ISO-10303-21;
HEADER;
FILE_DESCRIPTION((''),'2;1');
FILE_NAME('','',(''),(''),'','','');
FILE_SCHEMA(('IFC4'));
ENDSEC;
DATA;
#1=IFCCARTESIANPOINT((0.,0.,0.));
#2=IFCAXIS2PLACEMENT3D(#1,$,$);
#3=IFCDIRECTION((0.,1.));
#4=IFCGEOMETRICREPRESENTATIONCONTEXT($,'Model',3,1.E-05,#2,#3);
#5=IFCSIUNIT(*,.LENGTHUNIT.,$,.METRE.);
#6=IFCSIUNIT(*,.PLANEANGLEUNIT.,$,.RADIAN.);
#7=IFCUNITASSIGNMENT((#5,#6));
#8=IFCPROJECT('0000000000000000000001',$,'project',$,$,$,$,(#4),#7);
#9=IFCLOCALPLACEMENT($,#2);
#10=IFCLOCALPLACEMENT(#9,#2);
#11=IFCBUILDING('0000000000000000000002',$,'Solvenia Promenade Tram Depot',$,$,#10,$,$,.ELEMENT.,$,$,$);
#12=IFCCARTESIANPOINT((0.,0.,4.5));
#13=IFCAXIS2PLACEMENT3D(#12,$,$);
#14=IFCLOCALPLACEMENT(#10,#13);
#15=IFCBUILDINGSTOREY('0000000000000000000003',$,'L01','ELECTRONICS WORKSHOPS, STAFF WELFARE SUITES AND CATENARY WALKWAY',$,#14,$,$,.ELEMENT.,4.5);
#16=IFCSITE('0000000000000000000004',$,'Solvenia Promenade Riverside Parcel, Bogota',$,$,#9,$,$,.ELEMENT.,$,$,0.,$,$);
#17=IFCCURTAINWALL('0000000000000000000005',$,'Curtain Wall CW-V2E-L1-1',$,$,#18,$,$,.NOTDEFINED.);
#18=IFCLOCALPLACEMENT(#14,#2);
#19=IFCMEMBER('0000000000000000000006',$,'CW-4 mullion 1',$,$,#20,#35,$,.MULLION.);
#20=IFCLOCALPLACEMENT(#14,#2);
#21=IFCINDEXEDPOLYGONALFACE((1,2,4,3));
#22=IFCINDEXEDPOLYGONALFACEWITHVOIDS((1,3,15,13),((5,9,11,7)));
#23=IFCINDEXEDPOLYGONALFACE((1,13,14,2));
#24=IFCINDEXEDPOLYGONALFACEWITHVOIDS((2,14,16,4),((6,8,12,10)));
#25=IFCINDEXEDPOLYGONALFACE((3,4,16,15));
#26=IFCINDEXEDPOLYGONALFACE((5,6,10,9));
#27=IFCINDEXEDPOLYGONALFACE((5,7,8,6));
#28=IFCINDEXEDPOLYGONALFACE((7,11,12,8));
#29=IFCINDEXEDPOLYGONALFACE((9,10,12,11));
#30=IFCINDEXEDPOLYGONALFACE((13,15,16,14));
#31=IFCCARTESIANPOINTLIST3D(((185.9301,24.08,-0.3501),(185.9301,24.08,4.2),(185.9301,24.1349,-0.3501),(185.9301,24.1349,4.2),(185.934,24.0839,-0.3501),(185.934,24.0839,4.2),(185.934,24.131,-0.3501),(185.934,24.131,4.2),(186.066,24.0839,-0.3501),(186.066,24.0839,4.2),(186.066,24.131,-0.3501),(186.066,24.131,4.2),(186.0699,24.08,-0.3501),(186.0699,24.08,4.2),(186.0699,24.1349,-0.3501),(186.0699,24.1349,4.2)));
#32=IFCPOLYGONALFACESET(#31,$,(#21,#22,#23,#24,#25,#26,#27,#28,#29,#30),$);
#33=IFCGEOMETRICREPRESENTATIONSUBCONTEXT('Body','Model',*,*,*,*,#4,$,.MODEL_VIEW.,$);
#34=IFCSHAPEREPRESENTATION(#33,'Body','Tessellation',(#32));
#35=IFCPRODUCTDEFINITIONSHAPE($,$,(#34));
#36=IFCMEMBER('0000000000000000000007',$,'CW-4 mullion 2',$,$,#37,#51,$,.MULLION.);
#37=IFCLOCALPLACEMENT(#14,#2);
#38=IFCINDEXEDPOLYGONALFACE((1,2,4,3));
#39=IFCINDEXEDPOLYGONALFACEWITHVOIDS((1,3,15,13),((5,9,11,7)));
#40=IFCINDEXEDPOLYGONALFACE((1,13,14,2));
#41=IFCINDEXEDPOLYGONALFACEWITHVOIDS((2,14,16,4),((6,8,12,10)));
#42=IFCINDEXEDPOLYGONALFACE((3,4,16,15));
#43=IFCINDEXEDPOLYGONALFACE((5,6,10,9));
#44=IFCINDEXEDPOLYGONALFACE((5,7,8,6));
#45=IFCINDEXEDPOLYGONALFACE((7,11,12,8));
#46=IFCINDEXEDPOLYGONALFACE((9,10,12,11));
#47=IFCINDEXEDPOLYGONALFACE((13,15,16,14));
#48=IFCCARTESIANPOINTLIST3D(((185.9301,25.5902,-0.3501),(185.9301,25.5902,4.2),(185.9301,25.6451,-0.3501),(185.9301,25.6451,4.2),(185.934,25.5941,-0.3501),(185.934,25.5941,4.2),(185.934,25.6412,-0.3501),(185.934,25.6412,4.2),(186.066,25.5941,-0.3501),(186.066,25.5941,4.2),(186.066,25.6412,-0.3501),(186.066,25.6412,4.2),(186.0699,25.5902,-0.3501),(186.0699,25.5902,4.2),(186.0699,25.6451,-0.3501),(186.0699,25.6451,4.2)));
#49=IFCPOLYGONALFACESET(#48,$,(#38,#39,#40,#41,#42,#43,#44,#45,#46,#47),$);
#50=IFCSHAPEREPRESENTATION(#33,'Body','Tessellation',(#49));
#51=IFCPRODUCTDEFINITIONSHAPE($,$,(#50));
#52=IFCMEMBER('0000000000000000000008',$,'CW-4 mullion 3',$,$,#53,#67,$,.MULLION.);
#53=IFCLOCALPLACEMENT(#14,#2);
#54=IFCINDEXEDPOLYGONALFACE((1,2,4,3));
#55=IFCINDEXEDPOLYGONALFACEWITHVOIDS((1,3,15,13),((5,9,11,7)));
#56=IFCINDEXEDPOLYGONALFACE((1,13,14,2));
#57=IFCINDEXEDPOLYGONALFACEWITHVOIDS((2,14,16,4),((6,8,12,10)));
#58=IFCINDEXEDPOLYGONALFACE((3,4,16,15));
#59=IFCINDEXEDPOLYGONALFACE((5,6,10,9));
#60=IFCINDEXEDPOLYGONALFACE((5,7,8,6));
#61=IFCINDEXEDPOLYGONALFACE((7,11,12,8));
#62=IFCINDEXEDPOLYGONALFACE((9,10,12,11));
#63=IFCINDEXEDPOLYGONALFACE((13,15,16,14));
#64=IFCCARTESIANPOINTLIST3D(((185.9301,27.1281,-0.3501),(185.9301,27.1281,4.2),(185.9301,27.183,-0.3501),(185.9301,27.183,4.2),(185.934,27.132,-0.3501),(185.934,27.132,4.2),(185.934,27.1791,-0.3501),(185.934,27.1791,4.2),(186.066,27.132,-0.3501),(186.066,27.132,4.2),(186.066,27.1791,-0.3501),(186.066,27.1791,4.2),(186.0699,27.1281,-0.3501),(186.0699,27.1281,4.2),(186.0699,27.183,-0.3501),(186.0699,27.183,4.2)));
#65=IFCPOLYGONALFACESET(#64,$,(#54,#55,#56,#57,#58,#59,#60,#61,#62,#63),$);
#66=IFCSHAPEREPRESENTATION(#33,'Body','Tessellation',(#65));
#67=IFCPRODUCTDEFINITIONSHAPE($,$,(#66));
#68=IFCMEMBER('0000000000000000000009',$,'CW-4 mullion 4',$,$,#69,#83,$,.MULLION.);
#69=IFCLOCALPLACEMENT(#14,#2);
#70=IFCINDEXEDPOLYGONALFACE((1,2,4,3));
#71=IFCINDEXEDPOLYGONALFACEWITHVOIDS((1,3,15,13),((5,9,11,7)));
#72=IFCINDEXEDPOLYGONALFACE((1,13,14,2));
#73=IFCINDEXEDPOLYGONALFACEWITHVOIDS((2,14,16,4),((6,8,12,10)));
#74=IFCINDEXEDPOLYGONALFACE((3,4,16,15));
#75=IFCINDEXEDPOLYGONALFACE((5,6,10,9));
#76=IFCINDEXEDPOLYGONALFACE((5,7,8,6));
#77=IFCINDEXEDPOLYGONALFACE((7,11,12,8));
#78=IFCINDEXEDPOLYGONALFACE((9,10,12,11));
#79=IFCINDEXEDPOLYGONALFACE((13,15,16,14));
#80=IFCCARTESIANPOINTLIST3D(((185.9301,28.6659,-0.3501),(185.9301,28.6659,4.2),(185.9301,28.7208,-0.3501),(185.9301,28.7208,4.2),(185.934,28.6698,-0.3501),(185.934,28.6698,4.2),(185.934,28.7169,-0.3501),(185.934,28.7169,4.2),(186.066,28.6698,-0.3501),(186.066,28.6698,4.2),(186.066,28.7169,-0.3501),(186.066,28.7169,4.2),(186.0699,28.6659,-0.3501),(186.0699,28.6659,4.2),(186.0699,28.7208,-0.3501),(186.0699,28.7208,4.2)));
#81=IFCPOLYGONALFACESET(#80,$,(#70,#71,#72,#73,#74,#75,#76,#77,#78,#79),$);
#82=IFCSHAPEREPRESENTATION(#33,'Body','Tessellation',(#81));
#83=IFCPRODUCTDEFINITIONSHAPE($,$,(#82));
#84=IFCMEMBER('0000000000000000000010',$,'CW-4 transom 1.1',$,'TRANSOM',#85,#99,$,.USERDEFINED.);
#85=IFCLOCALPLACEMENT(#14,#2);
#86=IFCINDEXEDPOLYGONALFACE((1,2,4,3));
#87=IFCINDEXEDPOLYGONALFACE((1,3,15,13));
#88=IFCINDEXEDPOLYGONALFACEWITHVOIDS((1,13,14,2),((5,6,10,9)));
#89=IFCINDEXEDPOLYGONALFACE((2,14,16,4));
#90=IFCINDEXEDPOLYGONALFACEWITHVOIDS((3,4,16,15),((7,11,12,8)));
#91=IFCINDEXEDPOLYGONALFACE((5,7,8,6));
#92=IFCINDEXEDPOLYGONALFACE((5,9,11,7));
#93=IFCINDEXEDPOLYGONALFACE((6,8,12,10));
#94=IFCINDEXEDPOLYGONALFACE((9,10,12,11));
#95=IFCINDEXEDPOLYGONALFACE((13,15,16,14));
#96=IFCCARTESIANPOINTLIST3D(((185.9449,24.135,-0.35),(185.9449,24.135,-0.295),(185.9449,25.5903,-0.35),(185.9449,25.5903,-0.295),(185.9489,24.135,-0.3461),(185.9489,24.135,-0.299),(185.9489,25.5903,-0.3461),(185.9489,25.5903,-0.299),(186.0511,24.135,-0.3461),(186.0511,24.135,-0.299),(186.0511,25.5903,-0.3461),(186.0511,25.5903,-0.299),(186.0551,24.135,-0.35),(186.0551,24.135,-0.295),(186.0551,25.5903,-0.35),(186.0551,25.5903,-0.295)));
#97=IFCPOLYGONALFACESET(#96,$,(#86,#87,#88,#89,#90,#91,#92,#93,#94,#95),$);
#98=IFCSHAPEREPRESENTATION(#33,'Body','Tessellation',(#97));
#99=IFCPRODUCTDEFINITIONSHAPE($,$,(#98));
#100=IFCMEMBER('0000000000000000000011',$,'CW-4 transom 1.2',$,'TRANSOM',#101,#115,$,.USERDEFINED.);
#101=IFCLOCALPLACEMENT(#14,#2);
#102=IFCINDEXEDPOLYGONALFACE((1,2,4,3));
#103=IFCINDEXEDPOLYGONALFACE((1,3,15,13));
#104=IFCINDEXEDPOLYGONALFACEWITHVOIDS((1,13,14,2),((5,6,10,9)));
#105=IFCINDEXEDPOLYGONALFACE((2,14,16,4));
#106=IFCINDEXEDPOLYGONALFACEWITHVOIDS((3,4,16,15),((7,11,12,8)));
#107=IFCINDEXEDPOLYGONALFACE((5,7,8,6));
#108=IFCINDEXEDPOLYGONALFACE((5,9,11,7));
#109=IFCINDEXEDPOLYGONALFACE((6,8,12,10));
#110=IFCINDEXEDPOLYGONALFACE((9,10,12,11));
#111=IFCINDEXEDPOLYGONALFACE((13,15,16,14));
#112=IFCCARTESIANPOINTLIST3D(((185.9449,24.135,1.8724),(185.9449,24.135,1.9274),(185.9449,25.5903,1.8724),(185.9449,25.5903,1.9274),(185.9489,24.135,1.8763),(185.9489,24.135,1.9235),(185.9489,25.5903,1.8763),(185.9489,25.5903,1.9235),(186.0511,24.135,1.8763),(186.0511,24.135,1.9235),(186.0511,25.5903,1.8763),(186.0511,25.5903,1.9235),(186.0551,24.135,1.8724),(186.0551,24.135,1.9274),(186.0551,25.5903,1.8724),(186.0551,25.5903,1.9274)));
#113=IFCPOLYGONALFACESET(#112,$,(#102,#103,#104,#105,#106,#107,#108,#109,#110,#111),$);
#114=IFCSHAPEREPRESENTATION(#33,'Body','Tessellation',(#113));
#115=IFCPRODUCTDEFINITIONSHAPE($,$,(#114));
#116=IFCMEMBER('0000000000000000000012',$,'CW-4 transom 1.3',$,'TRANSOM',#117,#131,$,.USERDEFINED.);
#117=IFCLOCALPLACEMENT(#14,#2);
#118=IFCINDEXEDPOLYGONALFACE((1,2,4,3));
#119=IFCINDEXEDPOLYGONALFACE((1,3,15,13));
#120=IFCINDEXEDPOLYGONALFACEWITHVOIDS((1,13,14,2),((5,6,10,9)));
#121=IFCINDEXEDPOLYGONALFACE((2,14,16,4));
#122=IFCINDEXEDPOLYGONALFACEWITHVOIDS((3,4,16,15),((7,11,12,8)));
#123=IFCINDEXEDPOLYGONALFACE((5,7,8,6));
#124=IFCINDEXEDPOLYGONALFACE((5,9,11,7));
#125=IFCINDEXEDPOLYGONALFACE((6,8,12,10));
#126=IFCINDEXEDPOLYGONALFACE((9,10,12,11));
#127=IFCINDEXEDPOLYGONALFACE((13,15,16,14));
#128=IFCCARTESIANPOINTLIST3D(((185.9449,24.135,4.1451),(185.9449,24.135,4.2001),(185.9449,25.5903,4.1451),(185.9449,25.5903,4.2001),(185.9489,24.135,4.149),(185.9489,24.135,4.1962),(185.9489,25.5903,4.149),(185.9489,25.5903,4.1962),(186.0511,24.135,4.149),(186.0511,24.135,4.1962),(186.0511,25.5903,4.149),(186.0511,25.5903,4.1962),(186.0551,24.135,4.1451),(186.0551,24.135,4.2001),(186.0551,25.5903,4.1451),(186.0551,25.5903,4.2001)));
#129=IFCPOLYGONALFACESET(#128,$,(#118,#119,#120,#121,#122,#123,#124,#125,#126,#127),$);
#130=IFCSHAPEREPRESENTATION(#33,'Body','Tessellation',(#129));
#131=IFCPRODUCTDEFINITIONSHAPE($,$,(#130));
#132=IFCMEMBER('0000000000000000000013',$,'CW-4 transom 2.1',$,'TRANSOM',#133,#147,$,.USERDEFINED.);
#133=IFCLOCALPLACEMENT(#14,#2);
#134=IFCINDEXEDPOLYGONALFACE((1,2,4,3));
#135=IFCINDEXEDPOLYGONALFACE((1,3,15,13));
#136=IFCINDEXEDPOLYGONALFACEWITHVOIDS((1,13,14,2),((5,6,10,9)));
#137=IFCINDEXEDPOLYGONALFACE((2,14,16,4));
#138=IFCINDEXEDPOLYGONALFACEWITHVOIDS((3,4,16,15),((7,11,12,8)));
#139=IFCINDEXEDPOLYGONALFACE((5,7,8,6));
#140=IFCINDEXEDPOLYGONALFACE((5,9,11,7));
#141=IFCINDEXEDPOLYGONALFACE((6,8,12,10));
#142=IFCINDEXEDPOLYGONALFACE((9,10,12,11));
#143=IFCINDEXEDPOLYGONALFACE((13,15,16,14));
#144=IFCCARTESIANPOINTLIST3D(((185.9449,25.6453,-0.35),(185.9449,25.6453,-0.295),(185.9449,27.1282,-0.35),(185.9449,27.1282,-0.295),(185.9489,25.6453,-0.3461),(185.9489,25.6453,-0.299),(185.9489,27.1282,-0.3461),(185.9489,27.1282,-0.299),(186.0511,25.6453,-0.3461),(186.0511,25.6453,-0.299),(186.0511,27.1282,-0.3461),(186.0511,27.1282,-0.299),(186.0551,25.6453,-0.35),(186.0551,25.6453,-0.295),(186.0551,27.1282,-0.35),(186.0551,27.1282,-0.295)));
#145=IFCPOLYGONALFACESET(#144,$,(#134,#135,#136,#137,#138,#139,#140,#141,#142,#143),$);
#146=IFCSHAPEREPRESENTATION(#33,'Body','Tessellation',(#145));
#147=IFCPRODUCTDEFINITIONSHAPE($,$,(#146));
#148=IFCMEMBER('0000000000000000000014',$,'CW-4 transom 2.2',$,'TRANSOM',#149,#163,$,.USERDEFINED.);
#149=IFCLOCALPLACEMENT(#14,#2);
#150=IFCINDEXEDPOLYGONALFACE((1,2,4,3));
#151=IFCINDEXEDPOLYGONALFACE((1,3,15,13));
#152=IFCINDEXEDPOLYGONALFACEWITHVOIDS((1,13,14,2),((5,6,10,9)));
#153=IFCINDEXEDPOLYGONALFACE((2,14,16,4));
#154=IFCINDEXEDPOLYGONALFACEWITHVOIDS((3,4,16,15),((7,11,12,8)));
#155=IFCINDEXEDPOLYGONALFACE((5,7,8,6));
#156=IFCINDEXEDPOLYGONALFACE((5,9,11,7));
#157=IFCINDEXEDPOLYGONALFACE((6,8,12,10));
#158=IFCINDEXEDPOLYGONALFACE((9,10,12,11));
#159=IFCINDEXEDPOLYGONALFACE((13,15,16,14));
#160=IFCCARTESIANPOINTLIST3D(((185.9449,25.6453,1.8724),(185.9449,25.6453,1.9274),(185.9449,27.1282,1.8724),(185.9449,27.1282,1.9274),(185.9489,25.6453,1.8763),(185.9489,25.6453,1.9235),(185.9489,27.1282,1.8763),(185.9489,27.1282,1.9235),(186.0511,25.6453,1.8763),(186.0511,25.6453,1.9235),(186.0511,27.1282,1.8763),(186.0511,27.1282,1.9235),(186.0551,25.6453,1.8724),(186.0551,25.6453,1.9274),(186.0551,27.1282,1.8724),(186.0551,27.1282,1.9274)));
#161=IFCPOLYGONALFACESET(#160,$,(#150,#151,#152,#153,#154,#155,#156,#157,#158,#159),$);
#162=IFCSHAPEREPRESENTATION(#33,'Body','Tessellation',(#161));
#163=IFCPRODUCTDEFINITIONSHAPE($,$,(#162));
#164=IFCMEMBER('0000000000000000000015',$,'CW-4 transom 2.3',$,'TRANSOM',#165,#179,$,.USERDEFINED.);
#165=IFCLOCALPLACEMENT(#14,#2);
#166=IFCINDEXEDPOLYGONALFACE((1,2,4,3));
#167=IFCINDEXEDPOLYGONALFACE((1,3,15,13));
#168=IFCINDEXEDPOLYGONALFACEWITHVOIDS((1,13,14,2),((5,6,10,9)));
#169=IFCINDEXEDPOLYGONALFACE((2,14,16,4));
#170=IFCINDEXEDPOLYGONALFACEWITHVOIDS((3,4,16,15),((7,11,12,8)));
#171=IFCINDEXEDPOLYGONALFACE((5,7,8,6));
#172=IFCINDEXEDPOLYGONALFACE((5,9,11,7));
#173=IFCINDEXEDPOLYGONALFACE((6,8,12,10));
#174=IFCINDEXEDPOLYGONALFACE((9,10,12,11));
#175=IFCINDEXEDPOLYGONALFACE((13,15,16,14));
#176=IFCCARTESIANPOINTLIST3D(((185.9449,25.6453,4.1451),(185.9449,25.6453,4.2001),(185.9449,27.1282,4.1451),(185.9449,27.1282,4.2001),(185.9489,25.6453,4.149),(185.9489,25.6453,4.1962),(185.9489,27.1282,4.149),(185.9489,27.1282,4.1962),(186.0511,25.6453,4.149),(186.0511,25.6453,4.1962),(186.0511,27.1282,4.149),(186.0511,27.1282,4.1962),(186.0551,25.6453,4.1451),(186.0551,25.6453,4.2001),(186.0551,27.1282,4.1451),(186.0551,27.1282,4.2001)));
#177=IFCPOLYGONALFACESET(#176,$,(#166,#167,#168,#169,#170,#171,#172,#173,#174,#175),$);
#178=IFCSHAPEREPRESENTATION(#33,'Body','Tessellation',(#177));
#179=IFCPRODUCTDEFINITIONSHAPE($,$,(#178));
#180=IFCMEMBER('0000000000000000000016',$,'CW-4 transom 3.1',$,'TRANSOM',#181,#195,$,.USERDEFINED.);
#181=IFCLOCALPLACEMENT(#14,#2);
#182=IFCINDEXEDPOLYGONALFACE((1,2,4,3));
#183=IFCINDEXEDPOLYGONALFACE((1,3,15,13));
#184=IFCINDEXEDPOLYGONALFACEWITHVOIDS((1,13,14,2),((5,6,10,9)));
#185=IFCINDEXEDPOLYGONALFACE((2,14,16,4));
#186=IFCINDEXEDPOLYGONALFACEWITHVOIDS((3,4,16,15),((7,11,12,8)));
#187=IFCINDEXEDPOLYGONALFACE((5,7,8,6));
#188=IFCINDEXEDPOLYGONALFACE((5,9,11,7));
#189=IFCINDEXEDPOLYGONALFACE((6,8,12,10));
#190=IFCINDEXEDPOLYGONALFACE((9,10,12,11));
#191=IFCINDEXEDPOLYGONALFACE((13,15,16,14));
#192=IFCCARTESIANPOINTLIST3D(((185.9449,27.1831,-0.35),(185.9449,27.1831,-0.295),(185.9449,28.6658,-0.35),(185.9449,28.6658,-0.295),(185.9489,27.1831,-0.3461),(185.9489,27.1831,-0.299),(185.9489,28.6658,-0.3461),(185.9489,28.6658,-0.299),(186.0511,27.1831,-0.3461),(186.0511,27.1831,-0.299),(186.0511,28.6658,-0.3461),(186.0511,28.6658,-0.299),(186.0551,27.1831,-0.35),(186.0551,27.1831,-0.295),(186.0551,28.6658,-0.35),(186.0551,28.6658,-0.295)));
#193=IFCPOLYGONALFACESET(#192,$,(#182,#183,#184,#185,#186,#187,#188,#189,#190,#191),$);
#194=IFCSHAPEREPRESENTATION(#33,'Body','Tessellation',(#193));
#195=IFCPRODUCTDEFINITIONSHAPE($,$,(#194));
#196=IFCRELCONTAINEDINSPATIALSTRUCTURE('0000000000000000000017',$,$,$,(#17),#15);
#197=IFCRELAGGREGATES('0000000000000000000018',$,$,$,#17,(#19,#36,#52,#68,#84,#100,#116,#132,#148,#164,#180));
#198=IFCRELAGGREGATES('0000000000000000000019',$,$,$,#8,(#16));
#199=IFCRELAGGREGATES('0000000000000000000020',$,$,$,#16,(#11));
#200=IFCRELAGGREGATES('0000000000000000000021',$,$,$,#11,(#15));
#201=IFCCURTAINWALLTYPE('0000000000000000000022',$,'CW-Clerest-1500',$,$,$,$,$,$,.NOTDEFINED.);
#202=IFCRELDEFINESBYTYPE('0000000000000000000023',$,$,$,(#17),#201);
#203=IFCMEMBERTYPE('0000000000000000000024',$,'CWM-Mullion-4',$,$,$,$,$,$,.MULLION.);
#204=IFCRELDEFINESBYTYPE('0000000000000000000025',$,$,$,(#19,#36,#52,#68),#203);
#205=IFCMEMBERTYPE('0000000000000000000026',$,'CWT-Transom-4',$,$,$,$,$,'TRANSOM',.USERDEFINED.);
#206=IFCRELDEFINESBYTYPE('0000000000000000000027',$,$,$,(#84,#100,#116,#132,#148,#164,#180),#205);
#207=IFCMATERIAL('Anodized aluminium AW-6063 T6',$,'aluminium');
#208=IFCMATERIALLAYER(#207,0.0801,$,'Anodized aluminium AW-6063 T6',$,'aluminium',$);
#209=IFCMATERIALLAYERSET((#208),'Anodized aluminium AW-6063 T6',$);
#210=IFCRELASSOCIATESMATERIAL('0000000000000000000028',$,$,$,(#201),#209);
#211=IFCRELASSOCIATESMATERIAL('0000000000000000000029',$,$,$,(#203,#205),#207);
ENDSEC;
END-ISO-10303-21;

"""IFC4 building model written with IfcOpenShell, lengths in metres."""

from ifc_helpers import new_model, si_unit, direction, frame, origin, origin_2d, place, context, subcontext, project, spatial, hollow_rectangle, extrude, material, layer, layer_set, material_profile, profile_set, type_object, element, aggregate, save


model = new_model("IFC4")

# Units and contexts
model_context = context("Model", 3, precision=1e-05, world=origin(), true_north=direction((0.0, 1.0)))
body_context = subcontext(model_context, "Body", "Model", "MODEL_VIEW")
ifc_project = project(units=[si_unit("LENGTHUNIT", "METRE"), si_unit("PLANEANGLEUNIT", "RADIAN")], contexts=[model_context])

# Site, building, storey
site_placement = place(None, origin())
site = spatial("IfcSite", under=ifc_project, at=site_placement, Name="Solvenia Promenade Riverside Parcel, Bogota", CompositionType="ELEMENT", RefElevation=0.0)
building_placement = place(site_placement, origin())
building = spatial("IfcBuilding", under=site, at=building_placement, Name="Solvenia Promenade Tram Depot", CompositionType="ELEMENT")
storey_placement = place(building_placement, frame((0.0, 0.0, 4.5)))
storey = spatial("IfcBuildingStorey", under=building, at=storey_placement, Name="L01", Description="ELECTRONICS WORKSHOPS, STAFF WELFARE SUITES AND CATENARY WALKWAY", CompositionType="ELEMENT", Elevation=4.5)

# Curtain wall, members
ifc_material_1 = material(Name="Anodized aluminium AW-6063 T6", Category="aluminium")
ifc_layer_1 = layer(ifc_material_1, 0.0801, Name="Anodized aluminium AW-6063 T6", Category="aluminium")
ifc_layer_set_1 = layer_set([ifc_layer_1], Name="Anodized aluminium AW-6063 T6")
curtain_wall_type = type_object("IfcCurtainWallType", Name="CW-Clerest-1500", PredefinedType="NOTDEFINED", material=ifc_layer_set_1)
curtain_wall_placement = place(storey_placement, origin())
curtain_wall = element("IfcCurtainWall", 1, at=curtain_wall_placement, inside=storey, type_object=curtain_wall_type, Name="Curtain Wall CW-V2E-L1-1", PredefinedType="NOTDEFINED")
ifc_material_profile_1 = material_profile(ifc_material_1, hollow_rectangle(XDim=0.1399, YDim=0.0549, WallThickness=0.0039, at=origin_2d()), Name="ALU-M4", Category="aluminium")
ifc_profile_set_1 = profile_set([ifc_material_profile_1], Name="Anodized aluminium AW-6063 T6")
member_type_1 = type_object("IfcMemberType", Name="CWM-Mullion-4", PredefinedType="MULLION", material=ifc_profile_set_1)
member_1_placement = place(storey_placement, frame((186.0, 24.1074, -0.3501), z_axis=(0.0, 0.0, 1.0), x_axis=(-1.0, 0.0, 0.0)))
member_1 = element("IfcMember", 2, at=member_1_placement, type_object=member_type_1, Name="CW-4 mullion 1", PredefinedType="MULLION", context=body_context, shape_type="SweptSolid", body=[
    extrude(hollow_rectangle(XDim=0.1399, YDim=0.0549, WallThickness=0.0039, at=origin_2d()), origin(), (0.0, 0.0, 1.0), 4.55),
])
member_2_placement = place(storey_placement, frame((186.0, 25.6177, -0.3501), z_axis=(0.0, 0.0, 1.0), x_axis=(-1.0, 0.0, 0.0)))
member_2 = element("IfcMember", 3, at=member_2_placement, type_object=member_type_1, Name="CW-4 mullion 2", PredefinedType="MULLION", context=body_context, shape_type="SweptSolid", body=[
    extrude(hollow_rectangle(XDim=0.1399, YDim=0.0549, WallThickness=0.0039, at=origin_2d()), origin(), (0.0, 0.0, 1.0), 4.55),
])
member_3_placement = place(storey_placement, frame((186.0, 27.1555, -0.3501), z_axis=(0.0, 0.0, 1.0), x_axis=(-1.0, 0.0, 0.0)))
member_3 = element("IfcMember", 4, at=member_3_placement, type_object=member_type_1, Name="CW-4 mullion 3", PredefinedType="MULLION", context=body_context, shape_type="SweptSolid", body=[
    extrude(hollow_rectangle(XDim=0.1399, YDim=0.0549, WallThickness=0.0039, at=origin_2d()), origin(), (0.0, 0.0, 1.0), 4.55),
])
member_4_placement = place(storey_placement, frame((186.0, 28.6934, -0.3501), z_axis=(0.0, 0.0, 1.0), x_axis=(-1.0, 0.0, 0.0)))
member_4 = element("IfcMember", 5, at=member_4_placement, type_object=member_type_1, Name="CW-4 mullion 4", PredefinedType="MULLION", context=body_context, shape_type="SweptSolid", body=[
    extrude(hollow_rectangle(XDim=0.1399, YDim=0.0549, WallThickness=0.0039, at=origin_2d()), origin(), (0.0, 0.0, 1.0), 4.55),
])
ifc_material_profile_2 = material_profile(ifc_material_1, hollow_rectangle(XDim=0.1101, YDim=0.0549, WallThickness=0.0039, at=origin_2d()), Name="ALU-T4", Category="aluminium")
ifc_profile_set_2 = profile_set([ifc_material_profile_2], Name="Anodized aluminium AW-6063 T6")
member_type_2 = type_object("IfcMemberType", Name="CWT-Transom-4", ElementType="TRANSOM", PredefinedType="USERDEFINED", material=ifc_profile_set_2)
member_5_placement = place(storey_placement, frame((186.0, 24.135, -0.3225), z_axis=(0.0, 1.0, 0.0), x_axis=(-1.0, 0.0, 0.0)))
member_5 = element("IfcMember", 6, at=member_5_placement, type_object=member_type_2, Name="CW-4 transom 1.1", ObjectType="TRANSOM", PredefinedType="USERDEFINED", context=body_context, shape_type="SweptSolid", body=[
    extrude(hollow_rectangle(XDim=0.1101, YDim=0.0549, WallThickness=0.0039, at=origin_2d()), origin(), (0.0, 0.0, 1.0), 1.4553),
])
member_6_placement = place(storey_placement, frame((186.0, 24.135, 1.8999), z_axis=(0.0, 1.0, 0.0), x_axis=(-1.0, 0.0, 0.0)))
member_6 = element("IfcMember", 7, at=member_6_placement, type_object=member_type_2, Name="CW-4 transom 1.2", ObjectType="TRANSOM", PredefinedType="USERDEFINED", context=body_context, shape_type="SweptSolid", body=[
    extrude(hollow_rectangle(XDim=0.1101, YDim=0.0549, WallThickness=0.0039, at=origin_2d()), origin(), (0.0, 0.0, 1.0), 1.4553),
])
member_7_placement = place(storey_placement, frame((186.0, 24.135, 4.1726), z_axis=(0.0, 1.0, 0.0), x_axis=(-1.0, 0.0, 0.0)))
member_7 = element("IfcMember", 8, at=member_7_placement, type_object=member_type_2, Name="CW-4 transom 1.3", ObjectType="TRANSOM", PredefinedType="USERDEFINED", context=body_context, shape_type="SweptSolid", body=[
    extrude(hollow_rectangle(XDim=0.1101, YDim=0.0549, WallThickness=0.0039, at=origin_2d()), origin(), (0.0, 0.0, 1.0), 1.4553),
])
member_8_placement = place(storey_placement, frame((186.0, 25.6453, -0.3225), z_axis=(0.0, 1.0, 0.0), x_axis=(-1.0, 0.0, 0.0)))
member_8 = element("IfcMember", 9, at=member_8_placement, type_object=member_type_2, Name="CW-4 transom 2.1", ObjectType="TRANSOM", PredefinedType="USERDEFINED", context=body_context, shape_type="SweptSolid", body=[
    extrude(hollow_rectangle(XDim=0.1101, YDim=0.0549, WallThickness=0.0039, at=origin_2d()), origin(), (0.0, 0.0, 1.0), 1.4829),
])
member_9_placement = place(storey_placement, frame((186.0, 25.6453, 1.8999), z_axis=(0.0, 1.0, 0.0), x_axis=(-1.0, 0.0, 0.0)))
member_9 = element("IfcMember", 10, at=member_9_placement, type_object=member_type_2, Name="CW-4 transom 2.2", ObjectType="TRANSOM", PredefinedType="USERDEFINED", context=body_context, shape_type="SweptSolid", body=[
    extrude(hollow_rectangle(XDim=0.1101, YDim=0.0549, WallThickness=0.0039, at=origin_2d()), origin(), (0.0, 0.0, 1.0), 1.4829),
])
member_10_placement = place(storey_placement, frame((186.0, 25.6453, 4.1726), z_axis=(0.0, 1.0, 0.0), x_axis=(-1.0, 0.0, 0.0)))
member_10 = element("IfcMember", 11, at=member_10_placement, type_object=member_type_2, Name="CW-4 transom 2.3", ObjectType="TRANSOM", PredefinedType="USERDEFINED", context=body_context, shape_type="SweptSolid", body=[
    extrude(hollow_rectangle(XDim=0.1101, YDim=0.0549, WallThickness=0.0039, at=origin_2d()), origin(), (0.0, 0.0, 1.0), 1.4829),
])
member_11_placement = place(storey_placement, frame((186.0, 27.1831, -0.3225), z_axis=(0.0, 1.0, 0.0), x_axis=(-1.0, 0.0, 0.0)))
member_11 = element("IfcMember", 12, at=member_11_placement, type_object=member_type_2, Name="CW-4 transom 3.1", ObjectType="TRANSOM", PredefinedType="USERDEFINED", context=body_context, shape_type="SweptSolid", body=[
    extrude(hollow_rectangle(XDim=0.1101, YDim=0.0549, WallThickness=0.0039, at=origin_2d()), origin(), (0.0, 0.0, 1.0), 1.4827),
])

aggregate(curtain_wall, [member_1, member_2, member_3, member_4, member_5, member_6, member_7, member_8, member_9, member_10, member_11])

save(model, "model.ifc")
